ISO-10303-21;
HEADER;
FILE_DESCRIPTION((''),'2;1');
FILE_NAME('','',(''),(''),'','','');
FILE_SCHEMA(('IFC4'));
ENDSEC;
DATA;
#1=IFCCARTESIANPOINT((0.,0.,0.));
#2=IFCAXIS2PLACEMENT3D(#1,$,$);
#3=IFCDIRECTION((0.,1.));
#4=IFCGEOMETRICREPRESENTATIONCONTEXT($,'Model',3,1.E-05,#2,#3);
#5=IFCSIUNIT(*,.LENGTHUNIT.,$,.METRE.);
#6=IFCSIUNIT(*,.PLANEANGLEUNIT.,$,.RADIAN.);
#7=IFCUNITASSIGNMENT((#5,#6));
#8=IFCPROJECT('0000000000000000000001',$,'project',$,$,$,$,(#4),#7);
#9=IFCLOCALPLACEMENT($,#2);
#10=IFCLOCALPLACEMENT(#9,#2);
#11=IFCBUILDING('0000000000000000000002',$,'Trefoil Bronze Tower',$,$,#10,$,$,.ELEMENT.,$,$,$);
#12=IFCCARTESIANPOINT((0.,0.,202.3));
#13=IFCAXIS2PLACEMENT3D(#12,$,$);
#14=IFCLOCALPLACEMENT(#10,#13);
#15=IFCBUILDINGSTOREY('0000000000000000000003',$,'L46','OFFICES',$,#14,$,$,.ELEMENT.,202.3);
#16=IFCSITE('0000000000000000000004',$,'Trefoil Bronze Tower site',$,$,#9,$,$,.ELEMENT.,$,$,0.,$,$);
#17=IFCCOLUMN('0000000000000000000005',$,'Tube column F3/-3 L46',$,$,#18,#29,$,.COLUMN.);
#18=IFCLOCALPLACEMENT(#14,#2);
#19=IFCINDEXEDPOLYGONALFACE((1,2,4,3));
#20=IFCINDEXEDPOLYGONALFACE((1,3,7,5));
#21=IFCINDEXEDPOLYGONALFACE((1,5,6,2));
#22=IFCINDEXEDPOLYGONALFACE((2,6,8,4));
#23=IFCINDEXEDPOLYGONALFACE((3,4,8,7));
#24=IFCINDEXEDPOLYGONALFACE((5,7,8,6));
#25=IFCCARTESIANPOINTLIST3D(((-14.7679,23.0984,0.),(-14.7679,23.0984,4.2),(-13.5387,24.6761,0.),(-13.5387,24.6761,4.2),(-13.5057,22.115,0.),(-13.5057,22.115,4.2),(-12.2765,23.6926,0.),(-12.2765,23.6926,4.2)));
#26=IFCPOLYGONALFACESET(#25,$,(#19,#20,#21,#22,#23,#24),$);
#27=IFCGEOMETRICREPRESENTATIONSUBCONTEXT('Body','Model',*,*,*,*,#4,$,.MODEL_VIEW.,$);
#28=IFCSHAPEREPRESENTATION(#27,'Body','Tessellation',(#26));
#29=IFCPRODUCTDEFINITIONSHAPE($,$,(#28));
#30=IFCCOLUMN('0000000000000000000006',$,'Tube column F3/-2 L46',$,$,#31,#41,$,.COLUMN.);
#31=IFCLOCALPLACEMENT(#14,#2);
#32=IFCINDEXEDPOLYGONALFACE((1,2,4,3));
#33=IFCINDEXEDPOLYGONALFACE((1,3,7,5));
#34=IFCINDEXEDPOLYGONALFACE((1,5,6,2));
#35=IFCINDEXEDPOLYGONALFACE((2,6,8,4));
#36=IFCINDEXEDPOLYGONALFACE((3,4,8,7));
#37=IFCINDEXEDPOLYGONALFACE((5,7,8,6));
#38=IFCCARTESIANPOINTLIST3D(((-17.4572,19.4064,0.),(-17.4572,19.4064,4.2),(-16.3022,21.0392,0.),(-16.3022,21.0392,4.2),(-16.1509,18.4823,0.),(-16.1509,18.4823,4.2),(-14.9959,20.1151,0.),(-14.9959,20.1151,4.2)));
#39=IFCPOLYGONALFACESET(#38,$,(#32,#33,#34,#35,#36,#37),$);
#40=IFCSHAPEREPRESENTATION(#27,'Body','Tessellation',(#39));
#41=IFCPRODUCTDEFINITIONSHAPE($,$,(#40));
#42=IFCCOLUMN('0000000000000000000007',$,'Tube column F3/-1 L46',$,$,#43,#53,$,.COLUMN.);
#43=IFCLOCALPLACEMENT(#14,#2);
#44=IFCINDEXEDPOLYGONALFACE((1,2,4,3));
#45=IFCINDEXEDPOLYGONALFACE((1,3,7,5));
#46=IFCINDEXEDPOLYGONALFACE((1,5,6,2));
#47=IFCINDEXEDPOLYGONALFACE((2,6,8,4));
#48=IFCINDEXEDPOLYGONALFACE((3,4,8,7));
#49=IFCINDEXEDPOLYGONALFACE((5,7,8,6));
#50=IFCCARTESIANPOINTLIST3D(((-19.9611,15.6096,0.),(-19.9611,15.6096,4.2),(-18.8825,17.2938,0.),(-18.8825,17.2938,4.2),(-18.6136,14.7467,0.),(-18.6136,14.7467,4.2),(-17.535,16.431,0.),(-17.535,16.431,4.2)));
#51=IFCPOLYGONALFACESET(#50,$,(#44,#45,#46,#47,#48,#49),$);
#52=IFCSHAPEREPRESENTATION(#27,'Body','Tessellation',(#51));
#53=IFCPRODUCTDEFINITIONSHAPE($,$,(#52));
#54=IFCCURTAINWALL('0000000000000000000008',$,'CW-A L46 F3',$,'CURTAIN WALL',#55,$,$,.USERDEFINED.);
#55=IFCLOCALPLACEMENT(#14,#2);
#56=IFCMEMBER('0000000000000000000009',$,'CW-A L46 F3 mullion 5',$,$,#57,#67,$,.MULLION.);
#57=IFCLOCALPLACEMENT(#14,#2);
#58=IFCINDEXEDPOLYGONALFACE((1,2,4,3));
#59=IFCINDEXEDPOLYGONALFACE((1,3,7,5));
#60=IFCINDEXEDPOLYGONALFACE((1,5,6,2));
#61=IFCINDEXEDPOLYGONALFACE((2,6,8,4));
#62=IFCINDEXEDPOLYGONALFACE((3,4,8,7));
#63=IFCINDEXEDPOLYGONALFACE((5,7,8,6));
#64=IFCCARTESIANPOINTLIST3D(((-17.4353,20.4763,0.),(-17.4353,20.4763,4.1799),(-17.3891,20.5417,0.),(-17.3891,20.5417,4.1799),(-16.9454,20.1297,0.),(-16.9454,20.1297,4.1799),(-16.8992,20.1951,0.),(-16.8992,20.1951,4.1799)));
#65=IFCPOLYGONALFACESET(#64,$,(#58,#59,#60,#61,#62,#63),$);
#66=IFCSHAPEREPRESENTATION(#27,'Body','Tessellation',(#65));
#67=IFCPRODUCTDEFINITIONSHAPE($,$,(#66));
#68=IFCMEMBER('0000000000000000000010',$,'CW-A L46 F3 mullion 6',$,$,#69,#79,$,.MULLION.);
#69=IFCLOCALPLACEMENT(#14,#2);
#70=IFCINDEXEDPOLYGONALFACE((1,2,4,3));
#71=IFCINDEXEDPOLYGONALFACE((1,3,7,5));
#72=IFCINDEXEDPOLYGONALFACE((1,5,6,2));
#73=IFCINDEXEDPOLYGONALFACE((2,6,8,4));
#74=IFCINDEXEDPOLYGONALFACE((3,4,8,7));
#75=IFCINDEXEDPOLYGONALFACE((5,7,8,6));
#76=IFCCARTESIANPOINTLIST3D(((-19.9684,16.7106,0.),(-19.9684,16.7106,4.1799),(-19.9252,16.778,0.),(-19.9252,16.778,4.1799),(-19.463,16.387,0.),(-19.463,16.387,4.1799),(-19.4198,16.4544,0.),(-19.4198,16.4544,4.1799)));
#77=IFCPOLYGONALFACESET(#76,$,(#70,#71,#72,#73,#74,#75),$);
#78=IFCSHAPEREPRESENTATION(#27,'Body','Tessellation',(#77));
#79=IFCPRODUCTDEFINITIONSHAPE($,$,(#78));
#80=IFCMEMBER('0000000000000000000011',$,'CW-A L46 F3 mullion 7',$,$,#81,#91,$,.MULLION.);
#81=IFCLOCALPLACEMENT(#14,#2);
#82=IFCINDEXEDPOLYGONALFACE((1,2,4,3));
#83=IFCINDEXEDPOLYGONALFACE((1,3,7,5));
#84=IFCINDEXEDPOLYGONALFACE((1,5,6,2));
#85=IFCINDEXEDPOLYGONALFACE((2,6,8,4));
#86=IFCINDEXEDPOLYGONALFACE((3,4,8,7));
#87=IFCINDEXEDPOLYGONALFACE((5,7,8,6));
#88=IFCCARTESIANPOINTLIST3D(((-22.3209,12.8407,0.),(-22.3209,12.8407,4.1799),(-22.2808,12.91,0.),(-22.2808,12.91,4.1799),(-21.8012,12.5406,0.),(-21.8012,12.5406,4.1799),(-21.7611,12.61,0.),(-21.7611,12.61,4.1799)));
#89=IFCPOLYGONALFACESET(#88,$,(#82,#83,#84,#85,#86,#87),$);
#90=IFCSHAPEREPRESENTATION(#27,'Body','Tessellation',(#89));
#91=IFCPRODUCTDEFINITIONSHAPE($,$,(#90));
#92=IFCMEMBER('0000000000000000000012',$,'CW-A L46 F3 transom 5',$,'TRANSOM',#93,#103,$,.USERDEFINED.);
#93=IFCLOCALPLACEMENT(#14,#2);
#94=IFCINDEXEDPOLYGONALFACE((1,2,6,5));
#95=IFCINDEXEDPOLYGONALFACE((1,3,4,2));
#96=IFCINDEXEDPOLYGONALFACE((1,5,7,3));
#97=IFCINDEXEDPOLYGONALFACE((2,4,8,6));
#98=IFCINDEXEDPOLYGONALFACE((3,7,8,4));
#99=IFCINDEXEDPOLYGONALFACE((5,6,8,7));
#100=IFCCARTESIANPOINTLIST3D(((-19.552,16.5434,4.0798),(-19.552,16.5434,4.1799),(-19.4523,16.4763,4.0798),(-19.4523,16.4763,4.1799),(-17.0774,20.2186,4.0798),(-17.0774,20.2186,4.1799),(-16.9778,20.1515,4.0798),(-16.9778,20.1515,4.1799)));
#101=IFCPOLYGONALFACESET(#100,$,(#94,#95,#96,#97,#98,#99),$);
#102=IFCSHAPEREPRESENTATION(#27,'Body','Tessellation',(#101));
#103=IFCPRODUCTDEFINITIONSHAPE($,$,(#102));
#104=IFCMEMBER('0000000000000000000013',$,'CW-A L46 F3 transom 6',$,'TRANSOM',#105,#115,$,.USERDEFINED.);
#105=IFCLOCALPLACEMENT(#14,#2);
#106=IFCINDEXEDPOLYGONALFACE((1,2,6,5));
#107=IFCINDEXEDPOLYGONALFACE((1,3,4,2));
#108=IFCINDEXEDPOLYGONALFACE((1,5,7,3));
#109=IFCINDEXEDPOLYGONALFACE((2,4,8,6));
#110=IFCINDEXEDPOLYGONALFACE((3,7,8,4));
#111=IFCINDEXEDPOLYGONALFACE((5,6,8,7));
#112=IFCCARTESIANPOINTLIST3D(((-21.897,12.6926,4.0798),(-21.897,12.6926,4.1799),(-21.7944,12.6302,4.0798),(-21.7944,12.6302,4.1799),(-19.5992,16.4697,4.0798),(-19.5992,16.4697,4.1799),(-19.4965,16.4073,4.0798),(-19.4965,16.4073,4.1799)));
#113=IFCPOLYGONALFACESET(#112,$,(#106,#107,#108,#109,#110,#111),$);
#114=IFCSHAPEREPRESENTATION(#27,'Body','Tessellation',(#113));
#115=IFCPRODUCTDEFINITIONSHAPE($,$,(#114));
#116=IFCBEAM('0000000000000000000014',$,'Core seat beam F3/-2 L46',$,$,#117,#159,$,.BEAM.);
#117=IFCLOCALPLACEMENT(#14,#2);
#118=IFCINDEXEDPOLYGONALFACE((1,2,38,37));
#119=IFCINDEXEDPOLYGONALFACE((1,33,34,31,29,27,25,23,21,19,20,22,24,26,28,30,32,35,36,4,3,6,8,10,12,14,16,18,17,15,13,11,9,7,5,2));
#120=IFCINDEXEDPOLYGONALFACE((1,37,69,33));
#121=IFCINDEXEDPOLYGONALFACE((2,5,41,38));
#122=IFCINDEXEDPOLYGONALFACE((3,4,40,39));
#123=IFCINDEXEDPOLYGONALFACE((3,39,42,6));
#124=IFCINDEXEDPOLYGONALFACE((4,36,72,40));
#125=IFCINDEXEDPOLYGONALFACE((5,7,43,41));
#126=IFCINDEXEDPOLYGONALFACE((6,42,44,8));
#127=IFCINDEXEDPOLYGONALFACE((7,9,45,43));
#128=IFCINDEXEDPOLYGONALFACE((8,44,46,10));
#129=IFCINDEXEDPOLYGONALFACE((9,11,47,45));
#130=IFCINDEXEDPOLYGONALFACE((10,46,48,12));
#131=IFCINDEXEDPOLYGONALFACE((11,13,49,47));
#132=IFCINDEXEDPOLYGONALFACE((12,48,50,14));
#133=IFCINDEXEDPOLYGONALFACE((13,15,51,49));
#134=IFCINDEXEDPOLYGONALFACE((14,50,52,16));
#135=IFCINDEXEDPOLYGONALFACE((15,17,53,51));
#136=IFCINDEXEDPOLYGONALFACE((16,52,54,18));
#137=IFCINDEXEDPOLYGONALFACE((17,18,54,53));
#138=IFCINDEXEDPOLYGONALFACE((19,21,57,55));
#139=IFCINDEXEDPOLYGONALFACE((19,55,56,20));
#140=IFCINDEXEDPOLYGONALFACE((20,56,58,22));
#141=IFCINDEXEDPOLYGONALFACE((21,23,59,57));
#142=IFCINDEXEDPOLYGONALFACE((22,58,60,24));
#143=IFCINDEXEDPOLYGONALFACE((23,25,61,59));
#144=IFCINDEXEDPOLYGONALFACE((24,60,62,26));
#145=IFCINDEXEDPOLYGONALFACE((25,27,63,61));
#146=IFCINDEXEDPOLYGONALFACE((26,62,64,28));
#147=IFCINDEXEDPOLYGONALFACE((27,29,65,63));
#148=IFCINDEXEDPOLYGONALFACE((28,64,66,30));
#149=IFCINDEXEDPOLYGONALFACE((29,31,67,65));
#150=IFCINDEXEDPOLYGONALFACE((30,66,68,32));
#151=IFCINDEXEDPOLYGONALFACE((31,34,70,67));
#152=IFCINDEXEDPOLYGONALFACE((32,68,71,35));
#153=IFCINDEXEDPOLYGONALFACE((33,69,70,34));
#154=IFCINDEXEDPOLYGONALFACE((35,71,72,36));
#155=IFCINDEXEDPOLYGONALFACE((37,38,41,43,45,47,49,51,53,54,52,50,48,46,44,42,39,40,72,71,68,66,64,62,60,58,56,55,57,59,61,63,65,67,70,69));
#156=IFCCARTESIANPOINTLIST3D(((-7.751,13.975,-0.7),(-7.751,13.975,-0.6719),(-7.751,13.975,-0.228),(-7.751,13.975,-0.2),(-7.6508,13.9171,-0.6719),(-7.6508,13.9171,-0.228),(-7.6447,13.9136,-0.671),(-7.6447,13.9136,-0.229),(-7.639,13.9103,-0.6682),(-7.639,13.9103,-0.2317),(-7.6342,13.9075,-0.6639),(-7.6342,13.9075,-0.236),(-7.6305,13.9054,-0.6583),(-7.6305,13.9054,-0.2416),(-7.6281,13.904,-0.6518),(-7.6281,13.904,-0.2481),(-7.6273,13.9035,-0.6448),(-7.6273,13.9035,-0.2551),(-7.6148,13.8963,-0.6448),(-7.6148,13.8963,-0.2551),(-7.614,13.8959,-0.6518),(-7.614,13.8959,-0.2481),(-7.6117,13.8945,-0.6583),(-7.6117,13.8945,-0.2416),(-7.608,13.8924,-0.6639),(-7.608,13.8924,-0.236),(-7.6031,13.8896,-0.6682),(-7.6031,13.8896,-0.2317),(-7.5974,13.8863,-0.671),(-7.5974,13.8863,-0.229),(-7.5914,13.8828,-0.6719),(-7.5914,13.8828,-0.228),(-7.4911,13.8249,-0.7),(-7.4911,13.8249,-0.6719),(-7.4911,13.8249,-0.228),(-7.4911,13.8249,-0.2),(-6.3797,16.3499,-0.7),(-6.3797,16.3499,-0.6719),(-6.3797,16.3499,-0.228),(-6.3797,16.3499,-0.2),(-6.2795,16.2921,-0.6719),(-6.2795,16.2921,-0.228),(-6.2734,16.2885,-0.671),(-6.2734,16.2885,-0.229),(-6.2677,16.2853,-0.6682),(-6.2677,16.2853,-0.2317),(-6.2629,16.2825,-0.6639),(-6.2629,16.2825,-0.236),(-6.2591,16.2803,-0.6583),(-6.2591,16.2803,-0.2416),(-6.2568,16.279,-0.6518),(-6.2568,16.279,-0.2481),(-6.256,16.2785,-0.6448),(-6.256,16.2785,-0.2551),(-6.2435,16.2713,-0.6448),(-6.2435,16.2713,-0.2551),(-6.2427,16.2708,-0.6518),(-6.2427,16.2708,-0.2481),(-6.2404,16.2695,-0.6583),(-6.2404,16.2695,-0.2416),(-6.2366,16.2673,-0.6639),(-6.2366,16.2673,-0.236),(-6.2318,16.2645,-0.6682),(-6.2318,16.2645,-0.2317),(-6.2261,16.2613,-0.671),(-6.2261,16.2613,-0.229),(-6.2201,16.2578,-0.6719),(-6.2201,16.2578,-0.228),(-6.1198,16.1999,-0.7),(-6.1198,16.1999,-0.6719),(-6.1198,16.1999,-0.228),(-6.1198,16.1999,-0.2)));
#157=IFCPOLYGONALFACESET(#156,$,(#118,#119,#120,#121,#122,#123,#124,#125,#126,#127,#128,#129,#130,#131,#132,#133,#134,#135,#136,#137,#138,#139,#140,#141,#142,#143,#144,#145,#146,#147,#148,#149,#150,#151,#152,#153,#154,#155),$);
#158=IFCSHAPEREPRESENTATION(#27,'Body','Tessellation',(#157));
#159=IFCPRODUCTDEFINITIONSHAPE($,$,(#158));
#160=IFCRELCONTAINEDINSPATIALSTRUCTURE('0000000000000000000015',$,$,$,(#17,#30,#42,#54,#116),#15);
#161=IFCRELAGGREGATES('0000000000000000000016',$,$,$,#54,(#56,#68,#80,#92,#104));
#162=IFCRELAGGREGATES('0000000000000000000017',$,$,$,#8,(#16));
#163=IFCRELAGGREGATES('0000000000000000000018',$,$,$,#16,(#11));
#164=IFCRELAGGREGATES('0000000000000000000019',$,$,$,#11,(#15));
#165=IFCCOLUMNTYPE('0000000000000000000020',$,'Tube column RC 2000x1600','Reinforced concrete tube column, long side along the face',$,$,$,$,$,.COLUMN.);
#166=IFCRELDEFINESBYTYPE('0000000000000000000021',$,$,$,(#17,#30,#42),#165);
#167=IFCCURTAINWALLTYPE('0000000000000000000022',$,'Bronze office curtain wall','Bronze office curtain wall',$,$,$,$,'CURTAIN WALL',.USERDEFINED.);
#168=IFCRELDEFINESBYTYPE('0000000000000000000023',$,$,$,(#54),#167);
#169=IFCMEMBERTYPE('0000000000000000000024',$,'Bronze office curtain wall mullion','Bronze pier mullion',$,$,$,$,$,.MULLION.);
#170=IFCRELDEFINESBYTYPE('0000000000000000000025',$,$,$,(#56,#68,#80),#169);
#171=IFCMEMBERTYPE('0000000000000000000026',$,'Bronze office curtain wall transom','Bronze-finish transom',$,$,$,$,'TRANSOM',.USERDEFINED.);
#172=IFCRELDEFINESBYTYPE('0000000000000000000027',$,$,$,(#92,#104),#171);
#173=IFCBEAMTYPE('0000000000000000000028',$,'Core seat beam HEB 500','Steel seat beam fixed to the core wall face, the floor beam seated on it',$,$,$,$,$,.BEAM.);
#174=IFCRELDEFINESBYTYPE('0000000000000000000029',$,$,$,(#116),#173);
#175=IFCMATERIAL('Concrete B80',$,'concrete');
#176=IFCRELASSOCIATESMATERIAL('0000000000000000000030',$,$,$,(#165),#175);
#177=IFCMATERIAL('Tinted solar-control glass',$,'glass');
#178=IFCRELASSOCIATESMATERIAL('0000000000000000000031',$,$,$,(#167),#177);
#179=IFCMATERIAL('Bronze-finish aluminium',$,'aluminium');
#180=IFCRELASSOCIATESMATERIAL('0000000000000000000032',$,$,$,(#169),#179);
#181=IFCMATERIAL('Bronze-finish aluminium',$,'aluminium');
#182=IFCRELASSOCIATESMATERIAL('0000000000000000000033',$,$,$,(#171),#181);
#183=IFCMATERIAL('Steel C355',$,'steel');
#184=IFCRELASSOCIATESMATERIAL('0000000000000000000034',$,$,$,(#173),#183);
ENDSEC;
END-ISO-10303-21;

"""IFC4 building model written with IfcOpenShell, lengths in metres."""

from ifc_helpers import new_model, si_unit, direction, frame, origin, origin_2d, place, context, subcontext, project, spatial, rectangle, i_section, extrude, material, material_profile, profile_set, type_object, element, aggregate, save


model = new_model("IFC4")

# Units and contexts
model_context = context("Model", 3, precision=1e-05, world=origin(), true_north=direction((0.0, 1.0)))
body_context = subcontext(model_context, "Body", "Model", "MODEL_VIEW")
ifc_project = project(units=[si_unit("LENGTHUNIT", "METRE"), si_unit("PLANEANGLEUNIT", "RADIAN")], contexts=[model_context])

# Site, building, storey
site_placement = place(None, origin())
site = spatial("IfcSite", under=ifc_project, at=site_placement, Name="Trefoil Bronze Tower site", CompositionType="ELEMENT", RefElevation=0.0)
building_placement = place(site_placement, origin())
building = spatial("IfcBuilding", under=site, at=building_placement, Name="Trefoil Bronze Tower", CompositionType="ELEMENT")
storey_placement = place(building_placement, frame((0.0, 0.0, 202.3)))
storey = spatial("IfcBuildingStorey", under=building, at=storey_placement, Name="L46", Description="OFFICES", CompositionType="ELEMENT", Elevation=202.3)

# Columns
ifc_material_1 = material(Name="Concrete B80", Category="concrete")
ifc_material_profile_1 = material_profile(ifc_material_1, rectangle(XDim=2.0, YDim=1.6001, at=origin_2d()), Name="RC 2000x1600")
ifc_profile_set_1 = profile_set([ifc_material_profile_1], Name="Concrete B80")
column_type = type_object("IfcColumnType", Name="Tube column RC 2000x1600", Description="Reinforced concrete tube column, long side along the face", PredefinedType="COLUMN", material=ifc_profile_set_1)
for number, where, z_axis, x_axis, name in (
    (1, (-13.5222, 23.3955, 0.0), (0.0, 0.0, 1.0), (-0.614622, -0.788821, 0.0), "Tube column F3/-3 L46"),
    (2, (-16.2266, 19.7607, 0.0), (0.0, 0.0, 1.0), (-0.577481, -0.816404, 0.0), "Tube column F3/-2 L46"),
    (3, (-18.748, 16.0203, 0.0), (0.0, 0.0, 1.0), (-0.53927, -0.842133, 0.0), "Tube column F3/-1 L46"),
):
    element("IfcColumn", number, at=place(storey_placement, frame(where, z_axis=z_axis, x_axis=x_axis)), inside=storey, type_object=column_type, Name=name, PredefinedType="COLUMN", context=body_context, shape_type="SweptSolid", body=[
        extrude(rectangle(XDim=2.0, YDim=1.6001, at=origin_2d()), origin(), (0.0, 0.0, 1.0), 4.2),
    ])

# Curtain wall, members
ifc_material_2 = material(Name="Tinted solar-control glass", Category="glass")
curtain_wall_type = type_object("IfcCurtainWallType", Name="Bronze office curtain wall", Description="Bronze office curtain wall", ElementType="CURTAIN WALL", PredefinedType="USERDEFINED", material=ifc_material_2)
curtain_wall_placement = place(storey_placement, origin())
curtain_wall = element("IfcCurtainWall", 4, at=curtain_wall_placement, inside=storey, type_object=curtain_wall_type, Name="CW-A L46 F3", ObjectType="CURTAIN WALL", PredefinedType="USERDEFINED")
ifc_material_3 = material(Name="Bronze-finish aluminium", Category="aluminium")
ifc_material_profile_2 = material_profile(ifc_material_3, rectangle(XDim=0.6001, YDim=0.0801, at=origin_2d()), Name="CW-A mullion")
ifc_profile_set_2 = profile_set([ifc_material_profile_2], Name="Bronze-finish aluminium")
member_type_1 = type_object("IfcMemberType", Name="Bronze office curtain wall mullion", Description="Bronze pier mullion", PredefinedType="MULLION", material=ifc_profile_set_2)
member_1_placement = place(storey_placement, frame((-17.1672, 20.3357, 0.0), z_axis=(0.0, 0.0, 1.0), x_axis=(0.816404, -0.577481, 0.0)))
member_1 = element("IfcMember", 5, at=member_1_placement, type_object=member_type_1, Name="CW-A L46 F3 mullion 5", PredefinedType="MULLION", context=body_context, shape_type="SweptSolid", body=[
    extrude(rectangle(XDim=0.6001, YDim=0.0801, at=origin_2d()), origin(), (0.0, 0.0, 1.0), 4.1799),
])
member_2_placement = place(storey_placement, frame((-19.6941, 16.5825, 0.0), z_axis=(0.0, 0.0, 1.0), x_axis=(0.842133, -0.53927, 0.0)))
member_2 = element("IfcMember", 6, at=member_2_placement, type_object=member_type_1, Name="CW-A L46 F3 mullion 6", PredefinedType="MULLION", context=body_context, shape_type="SweptSolid", body=[
    extrude(rectangle(XDim=0.6001, YDim=0.0801, at=origin_2d()), origin(), (0.0, 0.0, 1.0), 4.1799),
])
member_3_placement = place(storey_placement, frame((-22.041, 12.7253, 0.0), z_axis=(0.0, 0.0, 1.0), x_axis=(0.866025, -0.5, 0.0)))
member_3 = element("IfcMember", 7, at=member_3_placement, type_object=member_type_1, Name="CW-A L46 F3 mullion 7", PredefinedType="MULLION", context=body_context, shape_type="SweptSolid", body=[
    extrude(rectangle(XDim=0.6001, YDim=0.0801, at=origin_2d()), origin(), (0.0, 0.0, 1.0), 4.1799),
])
ifc_material_4 = material(Name="Bronze-finish aluminium", Category="aluminium")
ifc_material_profile_3 = material_profile(ifc_material_4, rectangle(XDim=0.1201, YDim=0.1001, at=origin_2d()), Name="CW-A transom")
ifc_profile_set_3 = profile_set([ifc_material_profile_3], Name="Bronze-finish aluminium")
member_type_2 = type_object("IfcMemberType", Name="Bronze office curtain wall transom", Description="Bronze-finish transom", ElementType="TRANSOM", PredefinedType="USERDEFINED", material=ifc_profile_set_3)
member_4_placement = place(storey_placement, frame((-17.0276, 20.1851, 4.1299), z_axis=(-0.558509, -0.829498, 0.0), x_axis=(0.829498, -0.558509, 0.0)))
member_4 = element("IfcMember", 8, at=member_4_placement, type_object=member_type_2, Name="CW-A L46 F3 transom 5", ObjectType="TRANSOM", PredefinedType="USERDEFINED", context=body_context, shape_type="SweptSolid", body=[
    extrude(rectangle(XDim=0.1201, YDim=0.1001, at=origin_2d()), origin(), (0.0, 0.0, 1.0), 4.4307),
])
member_5_placement = place(storey_placement, frame((-19.5479, 16.4385, 4.1299), z_axis=(-0.51974, -0.854324, 0.0), x_axis=(0.854324, -0.51974, 0.0)))
member_5 = element("IfcMember", 9, at=member_5_placement, type_object=member_type_2, Name="CW-A L46 F3 transom 6", ObjectType="TRANSOM", PredefinedType="USERDEFINED", context=body_context, shape_type="SweptSolid", body=[
    extrude(rectangle(XDim=0.1201, YDim=0.1001, at=origin_2d()), origin(), (0.0, 0.0, 1.0), 4.4211),
])

# Beam
ifc_material_5 = material(Name="Steel C355", Category="steel")
ifc_material_profile_4 = material_profile(ifc_material_5, i_section(OverallWidth=0.3, OverallDepth=0.5, WebThickness=0.0144, FlangeThickness=0.0281, FilletRadius=0.0271, at=origin_2d()), Name="HEB 500")
ifc_profile_set_4 = profile_set([ifc_material_profile_4], Name="Steel C355")
beam_type_1 = type_object("IfcBeamType", Name="Core seat beam HEB 500", Description="Steel seat beam fixed to the core wall face, the floor beam seated on it", PredefinedType="BEAM", material=ifc_profile_set_4)
beam_1_placement = place(storey_placement, frame((-6.2498, 16.2749, -0.45), z_axis=(-0.500036, -0.866005, 0.0), x_axis=(0.866005, -0.500036, 0.0)))
element("IfcBeam", 10, at=beam_1_placement, inside=storey, type_object=beam_type_1, Name="Core seat beam F3/-2 L46", PredefinedType="BEAM", context=body_context, shape_type="SweptSolid", body=[
    extrude(i_section(OverallWidth=0.3, OverallDepth=0.5, WebThickness=0.0144, FlangeThickness=0.0281, FilletRadius=0.0271, at=origin_2d()), origin(), (0.0, 0.0, 1.0), 2.7424),
])

aggregate(curtain_wall, [member_1, member_2, member_3, member_4, member_5])

save(model, "model.ifc")
